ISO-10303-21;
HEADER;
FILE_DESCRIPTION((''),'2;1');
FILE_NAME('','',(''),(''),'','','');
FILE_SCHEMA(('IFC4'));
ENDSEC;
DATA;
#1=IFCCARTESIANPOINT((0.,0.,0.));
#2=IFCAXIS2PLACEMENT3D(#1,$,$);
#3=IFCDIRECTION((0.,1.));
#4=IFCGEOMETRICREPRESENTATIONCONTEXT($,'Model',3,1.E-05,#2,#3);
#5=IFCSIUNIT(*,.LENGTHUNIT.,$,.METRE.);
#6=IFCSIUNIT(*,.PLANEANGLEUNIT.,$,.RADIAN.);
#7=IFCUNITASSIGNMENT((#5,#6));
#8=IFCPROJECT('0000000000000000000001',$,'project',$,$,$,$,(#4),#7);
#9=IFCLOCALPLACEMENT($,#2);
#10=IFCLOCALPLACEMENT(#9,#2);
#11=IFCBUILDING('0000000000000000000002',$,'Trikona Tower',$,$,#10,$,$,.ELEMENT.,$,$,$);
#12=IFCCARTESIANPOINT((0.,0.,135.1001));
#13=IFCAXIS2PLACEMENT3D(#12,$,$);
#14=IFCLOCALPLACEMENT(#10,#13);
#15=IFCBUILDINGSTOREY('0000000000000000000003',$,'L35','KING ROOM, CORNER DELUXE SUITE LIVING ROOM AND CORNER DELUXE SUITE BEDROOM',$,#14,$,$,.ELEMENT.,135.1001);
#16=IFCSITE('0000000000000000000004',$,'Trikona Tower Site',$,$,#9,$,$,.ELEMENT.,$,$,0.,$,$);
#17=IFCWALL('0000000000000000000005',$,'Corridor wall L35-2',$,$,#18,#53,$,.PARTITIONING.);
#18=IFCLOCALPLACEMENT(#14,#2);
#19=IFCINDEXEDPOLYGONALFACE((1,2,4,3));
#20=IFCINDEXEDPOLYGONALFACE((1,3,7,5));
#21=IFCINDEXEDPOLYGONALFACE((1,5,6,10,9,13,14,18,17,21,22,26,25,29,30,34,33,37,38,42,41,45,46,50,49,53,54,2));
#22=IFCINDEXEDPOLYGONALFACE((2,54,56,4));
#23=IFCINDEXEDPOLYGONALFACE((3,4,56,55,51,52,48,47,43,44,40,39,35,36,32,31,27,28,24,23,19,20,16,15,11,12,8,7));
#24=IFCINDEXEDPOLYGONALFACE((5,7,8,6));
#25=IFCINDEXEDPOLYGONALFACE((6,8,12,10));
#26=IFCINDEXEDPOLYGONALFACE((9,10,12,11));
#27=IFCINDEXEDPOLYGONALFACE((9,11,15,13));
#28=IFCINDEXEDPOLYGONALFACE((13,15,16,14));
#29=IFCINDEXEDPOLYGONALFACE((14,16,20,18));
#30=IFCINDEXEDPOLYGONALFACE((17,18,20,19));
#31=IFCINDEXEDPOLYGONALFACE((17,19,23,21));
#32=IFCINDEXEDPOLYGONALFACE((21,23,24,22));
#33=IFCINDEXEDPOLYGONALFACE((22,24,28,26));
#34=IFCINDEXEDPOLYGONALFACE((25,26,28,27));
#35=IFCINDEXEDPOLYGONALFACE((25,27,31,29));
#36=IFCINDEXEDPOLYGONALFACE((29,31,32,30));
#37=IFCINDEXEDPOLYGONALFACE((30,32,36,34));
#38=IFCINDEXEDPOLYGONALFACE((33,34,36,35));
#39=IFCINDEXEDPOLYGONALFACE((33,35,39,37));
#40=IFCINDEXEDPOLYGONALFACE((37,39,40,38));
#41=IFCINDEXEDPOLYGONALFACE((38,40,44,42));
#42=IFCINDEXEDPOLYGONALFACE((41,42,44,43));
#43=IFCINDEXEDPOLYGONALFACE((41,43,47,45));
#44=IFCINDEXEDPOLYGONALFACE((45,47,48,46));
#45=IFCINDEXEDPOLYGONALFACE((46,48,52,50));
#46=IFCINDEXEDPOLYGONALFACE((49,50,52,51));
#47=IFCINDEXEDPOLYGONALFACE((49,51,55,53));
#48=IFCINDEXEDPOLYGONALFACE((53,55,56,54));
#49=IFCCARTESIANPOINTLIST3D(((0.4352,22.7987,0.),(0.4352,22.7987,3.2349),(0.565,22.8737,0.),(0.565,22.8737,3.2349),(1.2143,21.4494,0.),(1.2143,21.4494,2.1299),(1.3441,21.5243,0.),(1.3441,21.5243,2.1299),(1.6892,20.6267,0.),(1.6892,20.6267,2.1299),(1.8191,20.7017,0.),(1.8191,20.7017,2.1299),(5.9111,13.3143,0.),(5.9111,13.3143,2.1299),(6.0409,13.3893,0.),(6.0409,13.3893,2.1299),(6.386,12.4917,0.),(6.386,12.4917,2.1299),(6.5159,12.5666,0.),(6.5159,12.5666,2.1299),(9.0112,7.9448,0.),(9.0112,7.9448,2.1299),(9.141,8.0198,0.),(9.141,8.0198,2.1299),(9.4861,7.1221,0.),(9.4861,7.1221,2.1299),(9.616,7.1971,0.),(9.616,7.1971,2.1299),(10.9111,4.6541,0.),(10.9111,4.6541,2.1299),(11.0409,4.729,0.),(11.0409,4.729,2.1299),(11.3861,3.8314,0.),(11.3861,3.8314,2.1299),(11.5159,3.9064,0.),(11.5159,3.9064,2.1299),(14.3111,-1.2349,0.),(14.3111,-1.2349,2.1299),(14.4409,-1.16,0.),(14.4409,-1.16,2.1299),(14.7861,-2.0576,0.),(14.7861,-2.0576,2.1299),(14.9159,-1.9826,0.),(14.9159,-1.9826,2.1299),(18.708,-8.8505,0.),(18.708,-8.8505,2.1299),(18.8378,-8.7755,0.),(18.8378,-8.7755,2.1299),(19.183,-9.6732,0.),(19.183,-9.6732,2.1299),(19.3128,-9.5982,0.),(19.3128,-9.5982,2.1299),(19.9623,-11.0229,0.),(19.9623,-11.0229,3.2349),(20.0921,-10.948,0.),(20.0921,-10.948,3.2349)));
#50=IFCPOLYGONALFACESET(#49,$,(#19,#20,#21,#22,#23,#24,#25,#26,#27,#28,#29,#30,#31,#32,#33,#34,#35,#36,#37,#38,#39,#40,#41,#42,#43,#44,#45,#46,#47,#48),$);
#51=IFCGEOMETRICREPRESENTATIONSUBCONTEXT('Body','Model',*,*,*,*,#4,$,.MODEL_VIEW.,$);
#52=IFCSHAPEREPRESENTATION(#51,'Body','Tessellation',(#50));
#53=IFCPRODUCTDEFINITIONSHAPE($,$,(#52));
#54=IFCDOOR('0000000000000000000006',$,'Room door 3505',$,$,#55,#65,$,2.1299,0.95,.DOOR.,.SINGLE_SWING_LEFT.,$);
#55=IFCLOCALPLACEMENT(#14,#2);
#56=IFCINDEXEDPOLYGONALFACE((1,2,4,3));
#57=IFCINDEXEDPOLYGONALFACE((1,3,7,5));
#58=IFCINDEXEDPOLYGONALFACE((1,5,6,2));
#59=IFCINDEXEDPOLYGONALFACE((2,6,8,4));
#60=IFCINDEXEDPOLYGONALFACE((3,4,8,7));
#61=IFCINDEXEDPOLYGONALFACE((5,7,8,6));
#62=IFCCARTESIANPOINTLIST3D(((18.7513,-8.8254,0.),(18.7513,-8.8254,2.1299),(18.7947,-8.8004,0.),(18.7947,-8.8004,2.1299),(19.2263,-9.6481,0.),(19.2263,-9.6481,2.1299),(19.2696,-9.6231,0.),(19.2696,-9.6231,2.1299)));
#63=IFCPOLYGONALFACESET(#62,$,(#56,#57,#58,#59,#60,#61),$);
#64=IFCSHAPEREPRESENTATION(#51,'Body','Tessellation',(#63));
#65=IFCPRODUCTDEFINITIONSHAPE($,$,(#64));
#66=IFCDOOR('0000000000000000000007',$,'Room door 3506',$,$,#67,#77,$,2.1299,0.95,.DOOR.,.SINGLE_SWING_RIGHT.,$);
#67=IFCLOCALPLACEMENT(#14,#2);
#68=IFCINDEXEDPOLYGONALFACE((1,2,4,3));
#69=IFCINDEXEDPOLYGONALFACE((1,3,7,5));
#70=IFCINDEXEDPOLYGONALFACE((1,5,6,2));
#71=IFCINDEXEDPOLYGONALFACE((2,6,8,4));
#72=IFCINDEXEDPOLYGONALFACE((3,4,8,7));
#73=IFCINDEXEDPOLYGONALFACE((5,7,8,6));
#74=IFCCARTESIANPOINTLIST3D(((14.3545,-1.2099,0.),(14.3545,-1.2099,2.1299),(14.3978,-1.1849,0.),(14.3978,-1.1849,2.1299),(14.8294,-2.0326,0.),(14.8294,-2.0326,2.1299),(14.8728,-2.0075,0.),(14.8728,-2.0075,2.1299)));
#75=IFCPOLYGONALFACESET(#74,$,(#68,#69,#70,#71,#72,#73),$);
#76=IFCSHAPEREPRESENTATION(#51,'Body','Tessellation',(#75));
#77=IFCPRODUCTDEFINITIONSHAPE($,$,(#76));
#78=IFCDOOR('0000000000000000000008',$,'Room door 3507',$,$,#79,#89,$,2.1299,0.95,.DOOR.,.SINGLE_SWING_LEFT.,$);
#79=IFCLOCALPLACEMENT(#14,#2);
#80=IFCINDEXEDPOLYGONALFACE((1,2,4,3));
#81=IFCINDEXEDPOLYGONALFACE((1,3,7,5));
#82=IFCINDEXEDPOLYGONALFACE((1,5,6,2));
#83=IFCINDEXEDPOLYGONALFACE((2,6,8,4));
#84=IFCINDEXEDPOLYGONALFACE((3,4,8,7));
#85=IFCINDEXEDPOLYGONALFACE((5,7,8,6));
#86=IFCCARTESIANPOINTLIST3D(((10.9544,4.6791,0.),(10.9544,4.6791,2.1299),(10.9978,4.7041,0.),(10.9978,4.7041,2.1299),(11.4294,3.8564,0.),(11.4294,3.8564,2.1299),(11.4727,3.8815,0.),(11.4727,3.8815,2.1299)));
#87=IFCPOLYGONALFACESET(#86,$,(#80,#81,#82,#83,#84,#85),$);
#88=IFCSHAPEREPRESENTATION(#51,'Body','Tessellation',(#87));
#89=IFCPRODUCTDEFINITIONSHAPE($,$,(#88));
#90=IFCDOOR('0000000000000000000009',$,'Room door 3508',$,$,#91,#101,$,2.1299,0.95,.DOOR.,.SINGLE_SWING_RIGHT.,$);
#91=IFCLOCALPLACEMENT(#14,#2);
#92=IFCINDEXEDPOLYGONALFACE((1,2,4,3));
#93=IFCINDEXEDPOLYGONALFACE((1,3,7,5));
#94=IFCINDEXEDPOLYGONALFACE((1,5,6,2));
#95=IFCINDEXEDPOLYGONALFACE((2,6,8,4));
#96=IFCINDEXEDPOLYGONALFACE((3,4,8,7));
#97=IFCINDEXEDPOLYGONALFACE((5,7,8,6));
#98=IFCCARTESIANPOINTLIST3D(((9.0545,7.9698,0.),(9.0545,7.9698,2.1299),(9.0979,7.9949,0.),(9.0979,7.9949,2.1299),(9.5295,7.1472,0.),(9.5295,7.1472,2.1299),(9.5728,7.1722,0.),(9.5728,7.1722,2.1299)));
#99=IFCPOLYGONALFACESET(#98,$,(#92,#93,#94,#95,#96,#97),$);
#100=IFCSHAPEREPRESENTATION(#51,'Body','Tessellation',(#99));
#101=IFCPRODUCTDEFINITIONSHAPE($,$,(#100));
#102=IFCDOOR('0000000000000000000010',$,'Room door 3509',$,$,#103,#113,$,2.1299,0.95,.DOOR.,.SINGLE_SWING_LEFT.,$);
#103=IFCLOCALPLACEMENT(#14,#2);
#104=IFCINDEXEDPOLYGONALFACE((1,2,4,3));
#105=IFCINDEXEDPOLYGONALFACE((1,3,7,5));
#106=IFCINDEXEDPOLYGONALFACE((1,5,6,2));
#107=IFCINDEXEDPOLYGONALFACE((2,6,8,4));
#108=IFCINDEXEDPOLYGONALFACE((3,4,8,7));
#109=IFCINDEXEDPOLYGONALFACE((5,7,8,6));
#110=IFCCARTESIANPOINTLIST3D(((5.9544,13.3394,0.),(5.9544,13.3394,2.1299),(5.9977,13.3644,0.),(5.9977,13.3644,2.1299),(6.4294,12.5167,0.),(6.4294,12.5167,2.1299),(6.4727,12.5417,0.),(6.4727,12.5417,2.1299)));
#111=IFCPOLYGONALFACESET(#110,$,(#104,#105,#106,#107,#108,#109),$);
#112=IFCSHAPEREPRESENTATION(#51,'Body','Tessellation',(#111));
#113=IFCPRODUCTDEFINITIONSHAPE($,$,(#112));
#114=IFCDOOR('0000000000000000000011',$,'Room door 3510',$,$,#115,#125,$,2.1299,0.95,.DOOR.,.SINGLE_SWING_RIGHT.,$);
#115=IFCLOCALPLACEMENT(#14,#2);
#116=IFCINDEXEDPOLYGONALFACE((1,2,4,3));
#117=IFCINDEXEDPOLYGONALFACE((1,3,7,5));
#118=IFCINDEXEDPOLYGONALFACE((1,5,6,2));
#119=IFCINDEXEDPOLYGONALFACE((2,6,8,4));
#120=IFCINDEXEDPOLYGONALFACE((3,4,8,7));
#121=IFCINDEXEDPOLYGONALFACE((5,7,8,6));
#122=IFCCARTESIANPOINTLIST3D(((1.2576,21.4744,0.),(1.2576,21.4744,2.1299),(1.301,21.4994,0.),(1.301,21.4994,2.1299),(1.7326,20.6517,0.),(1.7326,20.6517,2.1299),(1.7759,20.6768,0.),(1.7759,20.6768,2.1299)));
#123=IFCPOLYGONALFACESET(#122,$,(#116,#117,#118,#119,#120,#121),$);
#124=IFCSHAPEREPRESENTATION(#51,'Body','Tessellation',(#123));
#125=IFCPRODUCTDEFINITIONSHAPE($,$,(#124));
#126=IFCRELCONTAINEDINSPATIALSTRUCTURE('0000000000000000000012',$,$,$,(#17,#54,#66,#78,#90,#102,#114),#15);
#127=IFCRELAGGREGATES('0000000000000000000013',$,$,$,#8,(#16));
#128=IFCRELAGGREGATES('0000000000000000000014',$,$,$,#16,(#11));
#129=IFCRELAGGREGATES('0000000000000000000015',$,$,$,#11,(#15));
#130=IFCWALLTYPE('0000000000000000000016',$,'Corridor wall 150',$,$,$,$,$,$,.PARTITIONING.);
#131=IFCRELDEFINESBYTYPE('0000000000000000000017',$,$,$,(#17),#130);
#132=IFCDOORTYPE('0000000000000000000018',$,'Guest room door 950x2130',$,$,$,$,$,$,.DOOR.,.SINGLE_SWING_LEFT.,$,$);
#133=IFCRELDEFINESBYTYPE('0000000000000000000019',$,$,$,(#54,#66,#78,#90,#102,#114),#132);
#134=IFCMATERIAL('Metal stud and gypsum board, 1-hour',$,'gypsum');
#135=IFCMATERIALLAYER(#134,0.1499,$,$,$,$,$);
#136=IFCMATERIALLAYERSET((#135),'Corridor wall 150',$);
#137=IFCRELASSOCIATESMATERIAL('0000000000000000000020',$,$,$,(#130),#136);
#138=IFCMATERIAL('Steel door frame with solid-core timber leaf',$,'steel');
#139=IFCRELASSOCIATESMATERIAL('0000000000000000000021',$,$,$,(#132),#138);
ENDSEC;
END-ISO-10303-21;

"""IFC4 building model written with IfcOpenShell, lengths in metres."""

from ifc_helpers import new_model, si_unit, direction, frame, frame_2d, origin, place, context, subcontext, project, spatial, rectangle, extrude, material, layer, layer_set, type_object, element, fill, save


model = new_model("IFC4")

# Units and contexts
model_context = context("Model", 3, precision=1e-05, world=origin(), true_north=direction((0.0, 1.0)))
body_context = subcontext(model_context, "Body", "Model", "MODEL_VIEW")
ifc_project = project(units=[si_unit("LENGTHUNIT", "METRE"), si_unit("PLANEANGLEUNIT", "RADIAN")], contexts=[model_context])

# Site, building, storey
site_placement = place(None, origin())
site = spatial("IfcSite", under=ifc_project, at=site_placement, Name="Trikona Tower Site", CompositionType="ELEMENT", RefElevation=0.0)
building_placement = place(site_placement, origin())
building = spatial("IfcBuilding", under=site, at=building_placement, Name="Trikona Tower", CompositionType="ELEMENT")
storey_placement = place(building_placement, frame((0.0, 0.0, 135.1001)))
storey = spatial("IfcBuildingStorey", under=building, at=storey_placement, Name="L35", Description="KING ROOM, CORNER DELUXE SUITE LIVING ROOM AND CORNER DELUXE SUITE BEDROOM", CompositionType="ELEMENT", Elevation=135.1001)

# Wall, openings, doors
ifc_material_1 = material(Name="Metal stud and gypsum board, 1-hour", Category="gypsum")
ifc_layer_1 = layer(ifc_material_1, 0.1499)
ifc_layer_set_1 = layer_set([ifc_layer_1], Name="Corridor wall 150")
wall_type_1 = type_object("IfcWallType", Name="Corridor wall 150", PredefinedType="PARTITIONING", material=ifc_layer_set_1)
wall_1_placement = place(storey_placement, frame((20.0271, -10.9854, 0.0), z_axis=(0.0, 0.0, 1.0), x_axis=(-0.500002, 0.866024, 0.0)))
wall_1 = element("IfcWall", 1, at=wall_1_placement, inside=storey, type_object=wall_type_1, Name="Corridor wall L35-2", PredefinedType="PARTITIONING", context=body_context, shape_type="SweptSolid", body=[
    extrude(rectangle(XDim=39.054, YDim=0.1499, at=frame_2d((19.5269, 0.0))), origin(), (0.0, 0.0, 1.0), 3.2349),
])
opening_1_placement = place(wall_1_placement, frame((1.5583, 0.0, 0.0)))
opening_1 = element("IfcOpeningElement", 2, at=opening_1_placement, cuts=wall_1, PredefinedType="OPENING", context=body_context, shape_type="SweptSolid", body=[
    extrude(rectangle(XDim=0.95, YDim=2.1299, at=frame_2d((0.4751, 1.0649))), frame((0.0, 0.085, 0.0), z_axis=(0.0, -1.0, 0.0), x_axis=(1.0, 0.0, 0.0)), (0.0, 0.0, 1.0), 0.1699),
])
opening_2_placement = place(wall_1_placement, frame((10.3521, 0.0, 0.0)))
opening_2 = element("IfcOpeningElement", 3, at=opening_2_placement, cuts=wall_1, PredefinedType="OPENING", context=body_context, shape_type="SweptSolid", body=[
    extrude(rectangle(XDim=0.95, YDim=2.1299, at=frame_2d((0.4751, 1.0649))), frame((0.0, 0.085, 0.0), z_axis=(0.0, -1.0, 0.0), x_axis=(1.0, 0.0, 0.0)), (0.0, 0.0, 1.0), 0.1699),
])
opening_3_placement = place(wall_1_placement, frame((17.1521, 0.0, 0.0)))
opening_3 = element("IfcOpeningElement", 4, at=opening_3_placement, cuts=wall_1, PredefinedType="OPENING", context=body_context, shape_type="SweptSolid", body=[
    extrude(rectangle(XDim=0.95, YDim=2.1299, at=frame_2d((0.4751, 1.0649))), frame((0.0, 0.085, 0.0), z_axis=(0.0, -1.0, 0.0), x_axis=(1.0, 0.0, 0.0)), (0.0, 0.0, 1.0), 0.1699),
])
opening_4_placement = place(wall_1_placement, frame((20.9519, 0.0, 0.0)))
opening_4 = element("IfcOpeningElement", 5, at=opening_4_placement, cuts=wall_1, PredefinedType="OPENING", context=body_context, shape_type="SweptSolid", body=[
    extrude(rectangle(XDim=0.95, YDim=2.1299, at=frame_2d((0.4751, 1.0649))), frame((0.0, 0.085, 0.0), z_axis=(0.0, -1.0, 0.0), x_axis=(1.0, 0.0, 0.0)), (0.0, 0.0, 1.0), 0.1699),
])
opening_5_placement = place(wall_1_placement, frame((27.1521, 0.0, 0.0)))
opening_5 = element("IfcOpeningElement", 6, at=opening_5_placement, cuts=wall_1, PredefinedType="OPENING", context=body_context, shape_type="SweptSolid", body=[
    extrude(rectangle(XDim=0.95, YDim=2.1299, at=frame_2d((0.4751, 1.0649))), frame((0.0, 0.085, 0.0), z_axis=(0.0, -1.0, 0.0), x_axis=(1.0, 0.0, 0.0)), (0.0, 0.0, 1.0), 0.1699),
])
opening_6_placement = place(wall_1_placement, frame((36.5457, 0.0, 0.0)))
opening_6 = element("IfcOpeningElement", 7, at=opening_6_placement, cuts=wall_1, PredefinedType="OPENING", context=body_context, shape_type="SweptSolid", body=[
    extrude(rectangle(XDim=0.95, YDim=2.1299, at=frame_2d((0.4751, 1.0649))), frame((0.0, 0.085, 0.0), z_axis=(0.0, -1.0, 0.0), x_axis=(1.0, 0.0, 0.0)), (0.0, 0.0, 1.0), 0.1699),
])
ifc_material_2 = material(Name="Steel door frame with solid-core timber leaf", Category="steel")
door_type = type_object("IfcDoorType", Name="Guest room door 950x2130", OperationType="SINGLE_SWING_LEFT", PredefinedType="DOOR", material=ifc_material_2)
door_1_placement = place(opening_1_placement, origin())
door_1 = element("IfcDoor", 8, at=door_1_placement, inside=storey, type_object=door_type, Name="Room door 3505", OperationType="SINGLE_SWING_LEFT", OverallHeight=2.1299, OverallWidth=0.95, PredefinedType="DOOR", context=body_context, shape_type="SweptSolid", body=[
    extrude(rectangle(XDim=0.95, YDim=2.1299, at=frame_2d((0.4751, 1.0649))), frame((0.0, 0.0249, 0.0), z_axis=(0.0, -1.0, 0.0), x_axis=(1.0, 0.0, 0.0)), (0.0, 0.0, 1.0), 0.05),
])
fill(opening_1, door_1)
door_2_placement = place(opening_2_placement, origin())
door_2 = element("IfcDoor", 9, at=door_2_placement, inside=storey, type_object=door_type, Name="Room door 3506", OperationType="SINGLE_SWING_RIGHT", OverallHeight=2.1299, OverallWidth=0.95, PredefinedType="DOOR", context=body_context, shape_type="SweptSolid", body=[
    extrude(rectangle(XDim=0.95, YDim=2.1299, at=frame_2d((0.4751, 1.0649))), frame((0.0, 0.0249, 0.0), z_axis=(0.0, -1.0, 0.0), x_axis=(1.0, 0.0, 0.0)), (0.0, 0.0, 1.0), 0.05),
])
fill(opening_2, door_2)
door_3_placement = place(opening_3_placement, origin())
door_3 = element("IfcDoor", 10, at=door_3_placement, inside=storey, type_object=door_type, Name="Room door 3507", OperationType="SINGLE_SWING_LEFT", OverallHeight=2.1299, OverallWidth=0.95, PredefinedType="DOOR", context=body_context, shape_type="SweptSolid", body=[
    extrude(rectangle(XDim=0.95, YDim=2.1299, at=frame_2d((0.4751, 1.0649))), frame((0.0, 0.0249, 0.0), z_axis=(0.0, -1.0, 0.0), x_axis=(1.0, 0.0, 0.0)), (0.0, 0.0, 1.0), 0.05),
])
fill(opening_3, door_3)
door_4_placement = place(opening_4_placement, origin())
door_4 = element("IfcDoor", 11, at=door_4_placement, inside=storey, type_object=door_type, Name="Room door 3508", OperationType="SINGLE_SWING_RIGHT", OverallHeight=2.1299, OverallWidth=0.95, PredefinedType="DOOR", context=body_context, shape_type="SweptSolid", body=[
    extrude(rectangle(XDim=0.95, YDim=2.1299, at=frame_2d((0.4751, 1.0649))), frame((0.0, 0.0249, 0.0), z_axis=(0.0, -1.0, 0.0), x_axis=(1.0, 0.0, 0.0)), (0.0, 0.0, 1.0), 0.05),
])
fill(opening_4, door_4)
door_5_placement = place(opening_5_placement, origin())
door_5 = element("IfcDoor", 12, at=door_5_placement, inside=storey, type_object=door_type, Name="Room door 3509", OperationType="SINGLE_SWING_LEFT", OverallHeight=2.1299, OverallWidth=0.95, PredefinedType="DOOR", context=body_context, shape_type="SweptSolid", body=[
    extrude(rectangle(XDim=0.95, YDim=2.1299, at=frame_2d((0.4751, 1.0649))), frame((0.0, 0.0249, 0.0), z_axis=(0.0, -1.0, 0.0), x_axis=(1.0, 0.0, 0.0)), (0.0, 0.0, 1.0), 0.05),
])
fill(opening_5, door_5)
door_6_placement = place(opening_6_placement, origin())
door_6 = element("IfcDoor", 13, at=door_6_placement, inside=storey, type_object=door_type, Name="Room door 3510", OperationType="SINGLE_SWING_RIGHT", OverallHeight=2.1299, OverallWidth=0.95, PredefinedType="DOOR", context=body_context, shape_type="SweptSolid", body=[
    extrude(rectangle(XDim=0.95, YDim=2.1299, at=frame_2d((0.4751, 1.0649))), frame((0.0, 0.0249, 0.0), z_axis=(0.0, -1.0, 0.0), x_axis=(1.0, 0.0, 0.0)), (0.0, 0.0, 1.0), 0.05),
])
fill(opening_6, door_6)

save(model, "model.ifc")
